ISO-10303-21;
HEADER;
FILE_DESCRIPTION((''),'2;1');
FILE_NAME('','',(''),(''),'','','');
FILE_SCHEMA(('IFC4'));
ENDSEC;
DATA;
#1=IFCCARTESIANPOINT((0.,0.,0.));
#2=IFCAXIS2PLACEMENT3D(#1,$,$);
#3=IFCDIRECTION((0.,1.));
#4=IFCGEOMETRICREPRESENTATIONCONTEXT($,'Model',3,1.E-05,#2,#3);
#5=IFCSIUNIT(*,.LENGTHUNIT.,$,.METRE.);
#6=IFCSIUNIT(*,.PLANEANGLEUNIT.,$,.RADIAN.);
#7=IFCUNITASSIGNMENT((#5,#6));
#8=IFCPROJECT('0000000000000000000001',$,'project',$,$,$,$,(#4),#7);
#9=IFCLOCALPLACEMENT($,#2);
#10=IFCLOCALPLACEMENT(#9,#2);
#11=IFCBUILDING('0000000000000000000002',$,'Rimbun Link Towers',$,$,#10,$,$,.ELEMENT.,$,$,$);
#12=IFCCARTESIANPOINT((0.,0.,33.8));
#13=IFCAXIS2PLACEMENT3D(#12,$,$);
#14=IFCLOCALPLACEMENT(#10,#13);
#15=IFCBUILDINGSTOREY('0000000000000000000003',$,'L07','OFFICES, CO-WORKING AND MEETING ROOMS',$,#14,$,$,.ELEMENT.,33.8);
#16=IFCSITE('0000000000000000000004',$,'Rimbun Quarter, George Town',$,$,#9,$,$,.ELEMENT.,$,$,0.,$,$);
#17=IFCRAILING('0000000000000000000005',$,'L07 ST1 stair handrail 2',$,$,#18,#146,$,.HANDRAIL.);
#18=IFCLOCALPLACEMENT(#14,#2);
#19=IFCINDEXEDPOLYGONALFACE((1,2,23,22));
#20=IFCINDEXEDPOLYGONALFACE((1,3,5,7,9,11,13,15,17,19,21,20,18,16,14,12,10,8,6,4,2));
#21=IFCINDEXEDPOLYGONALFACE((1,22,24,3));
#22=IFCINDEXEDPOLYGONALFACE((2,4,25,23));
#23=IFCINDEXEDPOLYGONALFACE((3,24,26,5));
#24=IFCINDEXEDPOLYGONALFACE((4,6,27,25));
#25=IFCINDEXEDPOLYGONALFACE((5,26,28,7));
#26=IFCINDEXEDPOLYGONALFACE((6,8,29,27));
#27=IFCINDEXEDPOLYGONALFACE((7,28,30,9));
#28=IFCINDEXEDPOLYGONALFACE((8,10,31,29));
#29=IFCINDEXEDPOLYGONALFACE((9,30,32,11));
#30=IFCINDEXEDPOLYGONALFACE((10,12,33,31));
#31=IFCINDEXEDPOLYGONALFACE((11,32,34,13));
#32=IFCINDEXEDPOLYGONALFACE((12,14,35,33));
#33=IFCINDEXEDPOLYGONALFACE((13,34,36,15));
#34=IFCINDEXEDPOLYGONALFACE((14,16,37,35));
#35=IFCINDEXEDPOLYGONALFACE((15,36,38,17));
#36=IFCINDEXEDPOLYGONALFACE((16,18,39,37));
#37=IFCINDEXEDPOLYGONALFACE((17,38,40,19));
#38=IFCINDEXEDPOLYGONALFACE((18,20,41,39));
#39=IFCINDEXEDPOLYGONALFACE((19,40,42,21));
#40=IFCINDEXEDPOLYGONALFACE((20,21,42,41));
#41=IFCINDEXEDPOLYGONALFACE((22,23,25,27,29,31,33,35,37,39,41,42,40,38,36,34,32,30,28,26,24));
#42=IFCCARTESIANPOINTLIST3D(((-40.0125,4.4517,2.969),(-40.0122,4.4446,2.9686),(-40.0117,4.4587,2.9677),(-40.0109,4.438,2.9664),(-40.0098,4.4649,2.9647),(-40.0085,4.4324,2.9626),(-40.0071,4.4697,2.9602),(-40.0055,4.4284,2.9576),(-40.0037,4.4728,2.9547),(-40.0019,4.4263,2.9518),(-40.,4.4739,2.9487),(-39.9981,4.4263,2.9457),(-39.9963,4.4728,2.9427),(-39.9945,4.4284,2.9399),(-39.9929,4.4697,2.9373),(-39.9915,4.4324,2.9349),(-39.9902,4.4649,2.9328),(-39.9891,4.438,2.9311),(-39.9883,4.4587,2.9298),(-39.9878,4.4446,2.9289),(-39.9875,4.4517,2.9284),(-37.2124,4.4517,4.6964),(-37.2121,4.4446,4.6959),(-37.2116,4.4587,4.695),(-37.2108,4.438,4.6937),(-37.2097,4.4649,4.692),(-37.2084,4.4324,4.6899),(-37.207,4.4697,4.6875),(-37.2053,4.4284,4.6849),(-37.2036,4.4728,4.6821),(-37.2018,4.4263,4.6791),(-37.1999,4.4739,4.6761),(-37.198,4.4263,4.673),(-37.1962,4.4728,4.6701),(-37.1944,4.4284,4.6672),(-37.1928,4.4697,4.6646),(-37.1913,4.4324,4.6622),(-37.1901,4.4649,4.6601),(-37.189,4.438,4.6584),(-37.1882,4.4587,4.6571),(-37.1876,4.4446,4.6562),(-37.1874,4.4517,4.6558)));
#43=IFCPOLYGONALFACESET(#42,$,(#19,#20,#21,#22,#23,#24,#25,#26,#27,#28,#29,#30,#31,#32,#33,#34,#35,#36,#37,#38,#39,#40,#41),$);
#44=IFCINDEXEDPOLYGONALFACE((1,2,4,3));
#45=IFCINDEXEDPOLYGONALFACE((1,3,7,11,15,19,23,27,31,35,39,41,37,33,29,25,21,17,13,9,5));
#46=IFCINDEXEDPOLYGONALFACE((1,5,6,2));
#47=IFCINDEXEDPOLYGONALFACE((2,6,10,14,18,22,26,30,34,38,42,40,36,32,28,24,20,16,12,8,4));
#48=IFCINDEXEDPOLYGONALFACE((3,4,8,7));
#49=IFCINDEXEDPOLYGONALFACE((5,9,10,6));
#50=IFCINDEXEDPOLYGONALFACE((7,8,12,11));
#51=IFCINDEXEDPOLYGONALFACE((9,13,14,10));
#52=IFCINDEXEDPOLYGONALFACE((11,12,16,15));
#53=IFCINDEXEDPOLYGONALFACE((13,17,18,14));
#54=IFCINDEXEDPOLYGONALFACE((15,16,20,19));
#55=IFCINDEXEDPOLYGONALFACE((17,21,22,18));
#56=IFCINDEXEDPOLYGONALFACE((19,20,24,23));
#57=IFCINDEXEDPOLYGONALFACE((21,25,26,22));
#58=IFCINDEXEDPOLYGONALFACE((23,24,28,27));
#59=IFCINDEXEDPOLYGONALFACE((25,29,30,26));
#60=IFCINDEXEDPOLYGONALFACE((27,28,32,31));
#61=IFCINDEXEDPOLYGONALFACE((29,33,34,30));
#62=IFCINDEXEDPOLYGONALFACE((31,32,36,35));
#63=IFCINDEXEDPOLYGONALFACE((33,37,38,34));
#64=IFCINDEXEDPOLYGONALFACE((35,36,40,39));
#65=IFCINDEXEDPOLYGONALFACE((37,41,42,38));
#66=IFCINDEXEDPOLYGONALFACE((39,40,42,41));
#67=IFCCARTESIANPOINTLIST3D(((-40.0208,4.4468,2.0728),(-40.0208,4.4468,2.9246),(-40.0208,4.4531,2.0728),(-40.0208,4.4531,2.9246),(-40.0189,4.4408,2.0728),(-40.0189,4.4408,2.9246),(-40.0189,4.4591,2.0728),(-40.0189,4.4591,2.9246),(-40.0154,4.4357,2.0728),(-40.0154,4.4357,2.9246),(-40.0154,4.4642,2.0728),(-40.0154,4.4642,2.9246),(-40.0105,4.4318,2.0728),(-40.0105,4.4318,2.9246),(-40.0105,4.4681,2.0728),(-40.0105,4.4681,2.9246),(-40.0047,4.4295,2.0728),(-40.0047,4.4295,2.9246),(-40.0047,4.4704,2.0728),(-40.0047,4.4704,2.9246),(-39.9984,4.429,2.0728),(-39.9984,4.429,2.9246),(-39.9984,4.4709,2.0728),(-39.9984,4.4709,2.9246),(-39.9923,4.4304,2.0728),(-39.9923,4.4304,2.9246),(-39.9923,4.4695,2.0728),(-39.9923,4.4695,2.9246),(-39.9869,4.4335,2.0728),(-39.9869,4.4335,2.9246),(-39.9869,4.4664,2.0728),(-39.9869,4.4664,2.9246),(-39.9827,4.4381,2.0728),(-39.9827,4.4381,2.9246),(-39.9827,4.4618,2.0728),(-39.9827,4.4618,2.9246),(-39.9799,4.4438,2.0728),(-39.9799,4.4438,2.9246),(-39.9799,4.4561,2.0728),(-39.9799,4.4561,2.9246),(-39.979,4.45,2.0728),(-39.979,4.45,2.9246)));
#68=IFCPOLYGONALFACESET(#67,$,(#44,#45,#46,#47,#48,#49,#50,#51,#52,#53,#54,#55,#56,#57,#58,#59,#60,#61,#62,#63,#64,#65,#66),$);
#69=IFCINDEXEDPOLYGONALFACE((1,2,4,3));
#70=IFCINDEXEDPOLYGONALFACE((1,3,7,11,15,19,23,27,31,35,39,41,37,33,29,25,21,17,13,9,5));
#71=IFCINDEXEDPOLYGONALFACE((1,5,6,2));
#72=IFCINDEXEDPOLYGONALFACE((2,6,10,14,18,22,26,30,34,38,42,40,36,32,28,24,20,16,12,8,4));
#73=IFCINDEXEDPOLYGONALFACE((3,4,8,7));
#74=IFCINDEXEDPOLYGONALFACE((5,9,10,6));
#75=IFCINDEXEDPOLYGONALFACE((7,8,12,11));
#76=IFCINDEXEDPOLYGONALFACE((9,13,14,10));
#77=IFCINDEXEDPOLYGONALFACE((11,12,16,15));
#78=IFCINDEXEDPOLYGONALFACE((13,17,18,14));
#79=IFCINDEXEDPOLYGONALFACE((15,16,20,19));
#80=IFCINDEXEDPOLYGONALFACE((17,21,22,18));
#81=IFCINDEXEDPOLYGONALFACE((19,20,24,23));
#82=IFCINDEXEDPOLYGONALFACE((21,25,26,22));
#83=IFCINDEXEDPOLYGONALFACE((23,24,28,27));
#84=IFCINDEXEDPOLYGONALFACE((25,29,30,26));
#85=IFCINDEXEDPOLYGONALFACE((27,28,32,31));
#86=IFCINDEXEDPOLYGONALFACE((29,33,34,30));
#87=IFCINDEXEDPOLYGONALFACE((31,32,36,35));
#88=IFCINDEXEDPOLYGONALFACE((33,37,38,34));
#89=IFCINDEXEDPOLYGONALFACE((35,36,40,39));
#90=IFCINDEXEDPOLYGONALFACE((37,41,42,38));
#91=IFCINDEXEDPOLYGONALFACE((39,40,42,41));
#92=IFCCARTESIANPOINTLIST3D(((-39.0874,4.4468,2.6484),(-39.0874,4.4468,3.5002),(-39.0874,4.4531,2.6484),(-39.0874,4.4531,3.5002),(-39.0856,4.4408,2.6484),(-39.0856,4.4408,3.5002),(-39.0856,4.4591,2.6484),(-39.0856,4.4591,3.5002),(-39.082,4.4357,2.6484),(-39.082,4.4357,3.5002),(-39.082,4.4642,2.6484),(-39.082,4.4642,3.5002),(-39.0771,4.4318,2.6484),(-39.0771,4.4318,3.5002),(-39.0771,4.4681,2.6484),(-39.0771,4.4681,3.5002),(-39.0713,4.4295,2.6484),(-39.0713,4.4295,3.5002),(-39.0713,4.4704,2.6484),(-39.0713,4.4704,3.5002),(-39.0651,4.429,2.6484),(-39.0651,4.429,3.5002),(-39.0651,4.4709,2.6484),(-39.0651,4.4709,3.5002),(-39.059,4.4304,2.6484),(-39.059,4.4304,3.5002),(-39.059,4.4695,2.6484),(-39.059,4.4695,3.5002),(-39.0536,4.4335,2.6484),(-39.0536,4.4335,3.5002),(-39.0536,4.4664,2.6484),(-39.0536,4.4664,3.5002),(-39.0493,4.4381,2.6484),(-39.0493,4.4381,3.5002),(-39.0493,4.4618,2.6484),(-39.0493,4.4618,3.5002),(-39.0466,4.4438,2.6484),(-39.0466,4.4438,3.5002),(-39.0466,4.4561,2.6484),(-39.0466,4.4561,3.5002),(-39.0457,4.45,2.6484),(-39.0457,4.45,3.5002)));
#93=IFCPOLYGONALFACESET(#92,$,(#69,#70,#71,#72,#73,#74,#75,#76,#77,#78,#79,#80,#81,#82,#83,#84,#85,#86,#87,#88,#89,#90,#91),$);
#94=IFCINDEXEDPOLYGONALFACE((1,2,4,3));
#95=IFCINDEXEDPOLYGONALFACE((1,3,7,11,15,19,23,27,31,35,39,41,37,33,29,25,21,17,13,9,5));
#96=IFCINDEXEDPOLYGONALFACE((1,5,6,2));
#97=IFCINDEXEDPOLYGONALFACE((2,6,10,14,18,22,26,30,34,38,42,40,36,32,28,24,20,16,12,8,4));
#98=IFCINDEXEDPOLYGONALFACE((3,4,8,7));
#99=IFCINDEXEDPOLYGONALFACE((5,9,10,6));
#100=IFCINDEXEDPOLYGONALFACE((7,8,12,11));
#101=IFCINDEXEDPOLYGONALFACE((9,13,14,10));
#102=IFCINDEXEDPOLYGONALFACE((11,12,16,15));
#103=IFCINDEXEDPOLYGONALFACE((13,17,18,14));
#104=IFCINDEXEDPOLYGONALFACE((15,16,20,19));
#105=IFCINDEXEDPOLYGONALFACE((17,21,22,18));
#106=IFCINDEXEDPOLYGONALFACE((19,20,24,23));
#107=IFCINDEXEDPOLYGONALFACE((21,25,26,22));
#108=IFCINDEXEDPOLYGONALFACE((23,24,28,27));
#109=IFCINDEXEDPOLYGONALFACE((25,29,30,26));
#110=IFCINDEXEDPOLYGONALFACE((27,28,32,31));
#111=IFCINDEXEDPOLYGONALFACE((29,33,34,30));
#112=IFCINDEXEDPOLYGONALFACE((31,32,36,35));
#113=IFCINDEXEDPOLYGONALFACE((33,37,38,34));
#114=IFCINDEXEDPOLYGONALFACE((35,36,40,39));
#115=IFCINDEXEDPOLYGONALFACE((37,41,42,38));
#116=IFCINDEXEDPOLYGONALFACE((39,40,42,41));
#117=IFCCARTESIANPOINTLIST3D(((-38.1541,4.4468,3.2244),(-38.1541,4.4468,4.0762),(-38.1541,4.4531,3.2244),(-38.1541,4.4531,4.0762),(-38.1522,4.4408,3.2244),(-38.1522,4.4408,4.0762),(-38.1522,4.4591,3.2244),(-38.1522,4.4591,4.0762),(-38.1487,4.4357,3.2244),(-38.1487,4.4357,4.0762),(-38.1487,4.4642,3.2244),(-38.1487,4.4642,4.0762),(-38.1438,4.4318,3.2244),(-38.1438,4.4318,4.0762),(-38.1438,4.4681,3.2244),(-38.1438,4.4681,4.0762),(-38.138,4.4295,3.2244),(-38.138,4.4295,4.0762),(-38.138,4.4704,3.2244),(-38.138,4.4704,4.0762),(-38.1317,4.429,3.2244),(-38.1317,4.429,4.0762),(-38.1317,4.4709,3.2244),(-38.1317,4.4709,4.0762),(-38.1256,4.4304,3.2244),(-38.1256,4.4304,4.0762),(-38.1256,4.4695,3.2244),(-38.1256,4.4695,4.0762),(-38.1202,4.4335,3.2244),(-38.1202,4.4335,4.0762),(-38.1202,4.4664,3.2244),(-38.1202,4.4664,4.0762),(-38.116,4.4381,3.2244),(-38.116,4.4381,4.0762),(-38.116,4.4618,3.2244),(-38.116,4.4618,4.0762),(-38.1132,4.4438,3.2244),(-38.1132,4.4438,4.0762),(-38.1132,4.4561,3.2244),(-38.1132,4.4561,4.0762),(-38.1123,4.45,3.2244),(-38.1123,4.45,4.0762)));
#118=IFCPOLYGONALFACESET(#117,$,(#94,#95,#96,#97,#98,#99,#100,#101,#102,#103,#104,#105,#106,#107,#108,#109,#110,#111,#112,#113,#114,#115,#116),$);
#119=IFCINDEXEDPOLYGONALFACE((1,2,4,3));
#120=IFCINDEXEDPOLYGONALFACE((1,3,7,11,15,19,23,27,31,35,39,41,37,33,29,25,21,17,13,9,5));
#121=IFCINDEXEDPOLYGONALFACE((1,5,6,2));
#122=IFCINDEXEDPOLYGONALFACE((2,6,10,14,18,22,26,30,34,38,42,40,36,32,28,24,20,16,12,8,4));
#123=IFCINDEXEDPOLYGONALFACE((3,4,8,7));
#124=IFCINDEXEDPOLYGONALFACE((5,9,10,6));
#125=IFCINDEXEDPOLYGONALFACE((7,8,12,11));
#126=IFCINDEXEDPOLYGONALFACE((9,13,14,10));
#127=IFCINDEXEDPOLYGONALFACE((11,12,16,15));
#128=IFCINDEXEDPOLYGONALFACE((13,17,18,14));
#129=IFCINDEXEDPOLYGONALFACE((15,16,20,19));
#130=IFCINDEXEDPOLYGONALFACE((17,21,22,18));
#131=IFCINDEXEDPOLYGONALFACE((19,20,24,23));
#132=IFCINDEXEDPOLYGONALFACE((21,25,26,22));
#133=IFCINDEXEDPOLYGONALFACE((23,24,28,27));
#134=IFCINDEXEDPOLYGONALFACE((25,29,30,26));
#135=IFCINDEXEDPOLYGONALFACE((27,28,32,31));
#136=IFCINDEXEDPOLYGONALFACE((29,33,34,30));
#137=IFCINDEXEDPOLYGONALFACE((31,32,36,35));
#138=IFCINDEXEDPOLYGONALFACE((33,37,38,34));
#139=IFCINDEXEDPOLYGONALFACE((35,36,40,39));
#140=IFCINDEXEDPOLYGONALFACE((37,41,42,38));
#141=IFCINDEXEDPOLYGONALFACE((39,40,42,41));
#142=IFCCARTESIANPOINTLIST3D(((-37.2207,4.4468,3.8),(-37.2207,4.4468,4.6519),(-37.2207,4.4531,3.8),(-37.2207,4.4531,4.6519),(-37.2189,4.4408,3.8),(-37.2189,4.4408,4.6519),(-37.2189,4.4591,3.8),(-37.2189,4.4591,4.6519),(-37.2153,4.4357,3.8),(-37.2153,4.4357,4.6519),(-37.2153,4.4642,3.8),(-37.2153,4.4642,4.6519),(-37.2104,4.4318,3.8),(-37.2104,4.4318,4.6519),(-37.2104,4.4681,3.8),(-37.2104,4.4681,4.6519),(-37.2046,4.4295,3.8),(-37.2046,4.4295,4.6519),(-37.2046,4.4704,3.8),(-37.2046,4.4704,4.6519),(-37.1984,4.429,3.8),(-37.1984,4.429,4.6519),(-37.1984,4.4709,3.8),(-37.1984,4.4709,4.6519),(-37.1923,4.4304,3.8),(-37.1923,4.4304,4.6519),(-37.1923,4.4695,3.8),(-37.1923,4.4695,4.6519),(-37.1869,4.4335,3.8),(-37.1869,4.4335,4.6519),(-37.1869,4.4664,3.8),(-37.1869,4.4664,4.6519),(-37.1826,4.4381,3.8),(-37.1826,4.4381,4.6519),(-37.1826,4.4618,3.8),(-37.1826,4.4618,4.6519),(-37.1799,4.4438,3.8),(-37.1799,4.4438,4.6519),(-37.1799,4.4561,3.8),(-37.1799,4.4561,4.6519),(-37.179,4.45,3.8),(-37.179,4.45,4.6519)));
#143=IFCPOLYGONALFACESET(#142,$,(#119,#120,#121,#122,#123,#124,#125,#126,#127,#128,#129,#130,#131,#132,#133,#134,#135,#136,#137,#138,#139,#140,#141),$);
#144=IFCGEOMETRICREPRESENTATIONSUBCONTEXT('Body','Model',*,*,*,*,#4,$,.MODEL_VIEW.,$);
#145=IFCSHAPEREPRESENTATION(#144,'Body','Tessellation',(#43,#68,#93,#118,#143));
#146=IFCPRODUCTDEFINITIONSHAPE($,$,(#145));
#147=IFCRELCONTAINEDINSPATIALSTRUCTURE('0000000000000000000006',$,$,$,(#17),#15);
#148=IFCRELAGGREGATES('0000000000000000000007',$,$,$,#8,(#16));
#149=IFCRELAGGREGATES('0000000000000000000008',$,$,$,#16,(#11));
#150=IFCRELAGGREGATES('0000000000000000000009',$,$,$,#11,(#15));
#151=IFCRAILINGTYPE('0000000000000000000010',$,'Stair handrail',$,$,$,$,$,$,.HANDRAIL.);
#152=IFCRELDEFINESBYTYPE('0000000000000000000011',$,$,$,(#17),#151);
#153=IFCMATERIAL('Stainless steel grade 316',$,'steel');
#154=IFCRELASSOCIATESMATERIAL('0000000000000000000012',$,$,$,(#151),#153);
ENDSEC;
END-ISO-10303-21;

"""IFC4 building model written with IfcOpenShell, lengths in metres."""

from ifc_helpers import new_model, si_unit, direction, frame, origin, origin_2d, place, context, subcontext, project, spatial, circle, extrude, material, type_object, element, save


model = new_model("IFC4")

# Units and contexts
model_context = context("Model", 3, precision=1e-05, world=origin(), true_north=direction((0.0, 1.0)))
body_context = subcontext(model_context, "Body", "Model", "MODEL_VIEW")
ifc_project = project(units=[si_unit("LENGTHUNIT", "METRE"), si_unit("PLANEANGLEUNIT", "RADIAN")], contexts=[model_context])

# Site, building, storey
site_placement = place(None, origin())
site = spatial("IfcSite", under=ifc_project, at=site_placement, Name="Rimbun Quarter, George Town", CompositionType="ELEMENT", RefElevation=0.0)
building_placement = place(site_placement, origin())
building = spatial("IfcBuilding", under=site, at=building_placement, Name="Rimbun Link Towers", CompositionType="ELEMENT")
storey_placement = place(building_placement, frame((0.0, 0.0, 33.8)))
storey = spatial("IfcBuildingStorey", under=building, at=storey_placement, Name="L07", Description="OFFICES, CO-WORKING AND MEETING ROOMS", CompositionType="ELEMENT", Elevation=33.8)

# Railing
ifc_material_1 = material(Name="Stainless steel grade 316", Category="steel")
railing_type_1 = type_object("IfcRailingType", Name="Stair handrail", PredefinedType="HANDRAIL", material=ifc_material_1)
railing_1_placement = place(storey_placement, frame((-40.0, 4.45, 2.0728)))
element("IfcRailing", 1, at=railing_1_placement, inside=storey, type_object=railing_type_1, Name="L07 ST1 stair handrail 2", PredefinedType="HANDRAIL", context=body_context, shape_type="SweptSolid", body=[
    extrude(circle(Radius=0.0239, at=origin_2d()), frame((0.0, 0.0, 0.876), z_axis=(0.85109, 0.0, 0.52502), x_axis=(0.0, 1.0, 0.0)), (0.0, 0.0, 1.0), 3.29),
    extrude(circle(Radius=0.021, at=origin_2d()), origin(), (0.0, 0.0, 1.0), 0.8518),
    extrude(circle(Radius=0.021, at=origin_2d()), frame((0.9333, 0.0, 0.5757)), (0.0, 0.0, 1.0), 0.8518),
    extrude(circle(Radius=0.021, at=origin_2d()), frame((1.8667, 0.0, 1.1516)), (0.0, 0.0, 1.0), 0.8518),
    extrude(circle(Radius=0.021, at=origin_2d()), frame((2.8, 0.0, 1.7273)), (0.0, 0.0, 1.0), 0.8518),
])

save(model, "model.ifc")
